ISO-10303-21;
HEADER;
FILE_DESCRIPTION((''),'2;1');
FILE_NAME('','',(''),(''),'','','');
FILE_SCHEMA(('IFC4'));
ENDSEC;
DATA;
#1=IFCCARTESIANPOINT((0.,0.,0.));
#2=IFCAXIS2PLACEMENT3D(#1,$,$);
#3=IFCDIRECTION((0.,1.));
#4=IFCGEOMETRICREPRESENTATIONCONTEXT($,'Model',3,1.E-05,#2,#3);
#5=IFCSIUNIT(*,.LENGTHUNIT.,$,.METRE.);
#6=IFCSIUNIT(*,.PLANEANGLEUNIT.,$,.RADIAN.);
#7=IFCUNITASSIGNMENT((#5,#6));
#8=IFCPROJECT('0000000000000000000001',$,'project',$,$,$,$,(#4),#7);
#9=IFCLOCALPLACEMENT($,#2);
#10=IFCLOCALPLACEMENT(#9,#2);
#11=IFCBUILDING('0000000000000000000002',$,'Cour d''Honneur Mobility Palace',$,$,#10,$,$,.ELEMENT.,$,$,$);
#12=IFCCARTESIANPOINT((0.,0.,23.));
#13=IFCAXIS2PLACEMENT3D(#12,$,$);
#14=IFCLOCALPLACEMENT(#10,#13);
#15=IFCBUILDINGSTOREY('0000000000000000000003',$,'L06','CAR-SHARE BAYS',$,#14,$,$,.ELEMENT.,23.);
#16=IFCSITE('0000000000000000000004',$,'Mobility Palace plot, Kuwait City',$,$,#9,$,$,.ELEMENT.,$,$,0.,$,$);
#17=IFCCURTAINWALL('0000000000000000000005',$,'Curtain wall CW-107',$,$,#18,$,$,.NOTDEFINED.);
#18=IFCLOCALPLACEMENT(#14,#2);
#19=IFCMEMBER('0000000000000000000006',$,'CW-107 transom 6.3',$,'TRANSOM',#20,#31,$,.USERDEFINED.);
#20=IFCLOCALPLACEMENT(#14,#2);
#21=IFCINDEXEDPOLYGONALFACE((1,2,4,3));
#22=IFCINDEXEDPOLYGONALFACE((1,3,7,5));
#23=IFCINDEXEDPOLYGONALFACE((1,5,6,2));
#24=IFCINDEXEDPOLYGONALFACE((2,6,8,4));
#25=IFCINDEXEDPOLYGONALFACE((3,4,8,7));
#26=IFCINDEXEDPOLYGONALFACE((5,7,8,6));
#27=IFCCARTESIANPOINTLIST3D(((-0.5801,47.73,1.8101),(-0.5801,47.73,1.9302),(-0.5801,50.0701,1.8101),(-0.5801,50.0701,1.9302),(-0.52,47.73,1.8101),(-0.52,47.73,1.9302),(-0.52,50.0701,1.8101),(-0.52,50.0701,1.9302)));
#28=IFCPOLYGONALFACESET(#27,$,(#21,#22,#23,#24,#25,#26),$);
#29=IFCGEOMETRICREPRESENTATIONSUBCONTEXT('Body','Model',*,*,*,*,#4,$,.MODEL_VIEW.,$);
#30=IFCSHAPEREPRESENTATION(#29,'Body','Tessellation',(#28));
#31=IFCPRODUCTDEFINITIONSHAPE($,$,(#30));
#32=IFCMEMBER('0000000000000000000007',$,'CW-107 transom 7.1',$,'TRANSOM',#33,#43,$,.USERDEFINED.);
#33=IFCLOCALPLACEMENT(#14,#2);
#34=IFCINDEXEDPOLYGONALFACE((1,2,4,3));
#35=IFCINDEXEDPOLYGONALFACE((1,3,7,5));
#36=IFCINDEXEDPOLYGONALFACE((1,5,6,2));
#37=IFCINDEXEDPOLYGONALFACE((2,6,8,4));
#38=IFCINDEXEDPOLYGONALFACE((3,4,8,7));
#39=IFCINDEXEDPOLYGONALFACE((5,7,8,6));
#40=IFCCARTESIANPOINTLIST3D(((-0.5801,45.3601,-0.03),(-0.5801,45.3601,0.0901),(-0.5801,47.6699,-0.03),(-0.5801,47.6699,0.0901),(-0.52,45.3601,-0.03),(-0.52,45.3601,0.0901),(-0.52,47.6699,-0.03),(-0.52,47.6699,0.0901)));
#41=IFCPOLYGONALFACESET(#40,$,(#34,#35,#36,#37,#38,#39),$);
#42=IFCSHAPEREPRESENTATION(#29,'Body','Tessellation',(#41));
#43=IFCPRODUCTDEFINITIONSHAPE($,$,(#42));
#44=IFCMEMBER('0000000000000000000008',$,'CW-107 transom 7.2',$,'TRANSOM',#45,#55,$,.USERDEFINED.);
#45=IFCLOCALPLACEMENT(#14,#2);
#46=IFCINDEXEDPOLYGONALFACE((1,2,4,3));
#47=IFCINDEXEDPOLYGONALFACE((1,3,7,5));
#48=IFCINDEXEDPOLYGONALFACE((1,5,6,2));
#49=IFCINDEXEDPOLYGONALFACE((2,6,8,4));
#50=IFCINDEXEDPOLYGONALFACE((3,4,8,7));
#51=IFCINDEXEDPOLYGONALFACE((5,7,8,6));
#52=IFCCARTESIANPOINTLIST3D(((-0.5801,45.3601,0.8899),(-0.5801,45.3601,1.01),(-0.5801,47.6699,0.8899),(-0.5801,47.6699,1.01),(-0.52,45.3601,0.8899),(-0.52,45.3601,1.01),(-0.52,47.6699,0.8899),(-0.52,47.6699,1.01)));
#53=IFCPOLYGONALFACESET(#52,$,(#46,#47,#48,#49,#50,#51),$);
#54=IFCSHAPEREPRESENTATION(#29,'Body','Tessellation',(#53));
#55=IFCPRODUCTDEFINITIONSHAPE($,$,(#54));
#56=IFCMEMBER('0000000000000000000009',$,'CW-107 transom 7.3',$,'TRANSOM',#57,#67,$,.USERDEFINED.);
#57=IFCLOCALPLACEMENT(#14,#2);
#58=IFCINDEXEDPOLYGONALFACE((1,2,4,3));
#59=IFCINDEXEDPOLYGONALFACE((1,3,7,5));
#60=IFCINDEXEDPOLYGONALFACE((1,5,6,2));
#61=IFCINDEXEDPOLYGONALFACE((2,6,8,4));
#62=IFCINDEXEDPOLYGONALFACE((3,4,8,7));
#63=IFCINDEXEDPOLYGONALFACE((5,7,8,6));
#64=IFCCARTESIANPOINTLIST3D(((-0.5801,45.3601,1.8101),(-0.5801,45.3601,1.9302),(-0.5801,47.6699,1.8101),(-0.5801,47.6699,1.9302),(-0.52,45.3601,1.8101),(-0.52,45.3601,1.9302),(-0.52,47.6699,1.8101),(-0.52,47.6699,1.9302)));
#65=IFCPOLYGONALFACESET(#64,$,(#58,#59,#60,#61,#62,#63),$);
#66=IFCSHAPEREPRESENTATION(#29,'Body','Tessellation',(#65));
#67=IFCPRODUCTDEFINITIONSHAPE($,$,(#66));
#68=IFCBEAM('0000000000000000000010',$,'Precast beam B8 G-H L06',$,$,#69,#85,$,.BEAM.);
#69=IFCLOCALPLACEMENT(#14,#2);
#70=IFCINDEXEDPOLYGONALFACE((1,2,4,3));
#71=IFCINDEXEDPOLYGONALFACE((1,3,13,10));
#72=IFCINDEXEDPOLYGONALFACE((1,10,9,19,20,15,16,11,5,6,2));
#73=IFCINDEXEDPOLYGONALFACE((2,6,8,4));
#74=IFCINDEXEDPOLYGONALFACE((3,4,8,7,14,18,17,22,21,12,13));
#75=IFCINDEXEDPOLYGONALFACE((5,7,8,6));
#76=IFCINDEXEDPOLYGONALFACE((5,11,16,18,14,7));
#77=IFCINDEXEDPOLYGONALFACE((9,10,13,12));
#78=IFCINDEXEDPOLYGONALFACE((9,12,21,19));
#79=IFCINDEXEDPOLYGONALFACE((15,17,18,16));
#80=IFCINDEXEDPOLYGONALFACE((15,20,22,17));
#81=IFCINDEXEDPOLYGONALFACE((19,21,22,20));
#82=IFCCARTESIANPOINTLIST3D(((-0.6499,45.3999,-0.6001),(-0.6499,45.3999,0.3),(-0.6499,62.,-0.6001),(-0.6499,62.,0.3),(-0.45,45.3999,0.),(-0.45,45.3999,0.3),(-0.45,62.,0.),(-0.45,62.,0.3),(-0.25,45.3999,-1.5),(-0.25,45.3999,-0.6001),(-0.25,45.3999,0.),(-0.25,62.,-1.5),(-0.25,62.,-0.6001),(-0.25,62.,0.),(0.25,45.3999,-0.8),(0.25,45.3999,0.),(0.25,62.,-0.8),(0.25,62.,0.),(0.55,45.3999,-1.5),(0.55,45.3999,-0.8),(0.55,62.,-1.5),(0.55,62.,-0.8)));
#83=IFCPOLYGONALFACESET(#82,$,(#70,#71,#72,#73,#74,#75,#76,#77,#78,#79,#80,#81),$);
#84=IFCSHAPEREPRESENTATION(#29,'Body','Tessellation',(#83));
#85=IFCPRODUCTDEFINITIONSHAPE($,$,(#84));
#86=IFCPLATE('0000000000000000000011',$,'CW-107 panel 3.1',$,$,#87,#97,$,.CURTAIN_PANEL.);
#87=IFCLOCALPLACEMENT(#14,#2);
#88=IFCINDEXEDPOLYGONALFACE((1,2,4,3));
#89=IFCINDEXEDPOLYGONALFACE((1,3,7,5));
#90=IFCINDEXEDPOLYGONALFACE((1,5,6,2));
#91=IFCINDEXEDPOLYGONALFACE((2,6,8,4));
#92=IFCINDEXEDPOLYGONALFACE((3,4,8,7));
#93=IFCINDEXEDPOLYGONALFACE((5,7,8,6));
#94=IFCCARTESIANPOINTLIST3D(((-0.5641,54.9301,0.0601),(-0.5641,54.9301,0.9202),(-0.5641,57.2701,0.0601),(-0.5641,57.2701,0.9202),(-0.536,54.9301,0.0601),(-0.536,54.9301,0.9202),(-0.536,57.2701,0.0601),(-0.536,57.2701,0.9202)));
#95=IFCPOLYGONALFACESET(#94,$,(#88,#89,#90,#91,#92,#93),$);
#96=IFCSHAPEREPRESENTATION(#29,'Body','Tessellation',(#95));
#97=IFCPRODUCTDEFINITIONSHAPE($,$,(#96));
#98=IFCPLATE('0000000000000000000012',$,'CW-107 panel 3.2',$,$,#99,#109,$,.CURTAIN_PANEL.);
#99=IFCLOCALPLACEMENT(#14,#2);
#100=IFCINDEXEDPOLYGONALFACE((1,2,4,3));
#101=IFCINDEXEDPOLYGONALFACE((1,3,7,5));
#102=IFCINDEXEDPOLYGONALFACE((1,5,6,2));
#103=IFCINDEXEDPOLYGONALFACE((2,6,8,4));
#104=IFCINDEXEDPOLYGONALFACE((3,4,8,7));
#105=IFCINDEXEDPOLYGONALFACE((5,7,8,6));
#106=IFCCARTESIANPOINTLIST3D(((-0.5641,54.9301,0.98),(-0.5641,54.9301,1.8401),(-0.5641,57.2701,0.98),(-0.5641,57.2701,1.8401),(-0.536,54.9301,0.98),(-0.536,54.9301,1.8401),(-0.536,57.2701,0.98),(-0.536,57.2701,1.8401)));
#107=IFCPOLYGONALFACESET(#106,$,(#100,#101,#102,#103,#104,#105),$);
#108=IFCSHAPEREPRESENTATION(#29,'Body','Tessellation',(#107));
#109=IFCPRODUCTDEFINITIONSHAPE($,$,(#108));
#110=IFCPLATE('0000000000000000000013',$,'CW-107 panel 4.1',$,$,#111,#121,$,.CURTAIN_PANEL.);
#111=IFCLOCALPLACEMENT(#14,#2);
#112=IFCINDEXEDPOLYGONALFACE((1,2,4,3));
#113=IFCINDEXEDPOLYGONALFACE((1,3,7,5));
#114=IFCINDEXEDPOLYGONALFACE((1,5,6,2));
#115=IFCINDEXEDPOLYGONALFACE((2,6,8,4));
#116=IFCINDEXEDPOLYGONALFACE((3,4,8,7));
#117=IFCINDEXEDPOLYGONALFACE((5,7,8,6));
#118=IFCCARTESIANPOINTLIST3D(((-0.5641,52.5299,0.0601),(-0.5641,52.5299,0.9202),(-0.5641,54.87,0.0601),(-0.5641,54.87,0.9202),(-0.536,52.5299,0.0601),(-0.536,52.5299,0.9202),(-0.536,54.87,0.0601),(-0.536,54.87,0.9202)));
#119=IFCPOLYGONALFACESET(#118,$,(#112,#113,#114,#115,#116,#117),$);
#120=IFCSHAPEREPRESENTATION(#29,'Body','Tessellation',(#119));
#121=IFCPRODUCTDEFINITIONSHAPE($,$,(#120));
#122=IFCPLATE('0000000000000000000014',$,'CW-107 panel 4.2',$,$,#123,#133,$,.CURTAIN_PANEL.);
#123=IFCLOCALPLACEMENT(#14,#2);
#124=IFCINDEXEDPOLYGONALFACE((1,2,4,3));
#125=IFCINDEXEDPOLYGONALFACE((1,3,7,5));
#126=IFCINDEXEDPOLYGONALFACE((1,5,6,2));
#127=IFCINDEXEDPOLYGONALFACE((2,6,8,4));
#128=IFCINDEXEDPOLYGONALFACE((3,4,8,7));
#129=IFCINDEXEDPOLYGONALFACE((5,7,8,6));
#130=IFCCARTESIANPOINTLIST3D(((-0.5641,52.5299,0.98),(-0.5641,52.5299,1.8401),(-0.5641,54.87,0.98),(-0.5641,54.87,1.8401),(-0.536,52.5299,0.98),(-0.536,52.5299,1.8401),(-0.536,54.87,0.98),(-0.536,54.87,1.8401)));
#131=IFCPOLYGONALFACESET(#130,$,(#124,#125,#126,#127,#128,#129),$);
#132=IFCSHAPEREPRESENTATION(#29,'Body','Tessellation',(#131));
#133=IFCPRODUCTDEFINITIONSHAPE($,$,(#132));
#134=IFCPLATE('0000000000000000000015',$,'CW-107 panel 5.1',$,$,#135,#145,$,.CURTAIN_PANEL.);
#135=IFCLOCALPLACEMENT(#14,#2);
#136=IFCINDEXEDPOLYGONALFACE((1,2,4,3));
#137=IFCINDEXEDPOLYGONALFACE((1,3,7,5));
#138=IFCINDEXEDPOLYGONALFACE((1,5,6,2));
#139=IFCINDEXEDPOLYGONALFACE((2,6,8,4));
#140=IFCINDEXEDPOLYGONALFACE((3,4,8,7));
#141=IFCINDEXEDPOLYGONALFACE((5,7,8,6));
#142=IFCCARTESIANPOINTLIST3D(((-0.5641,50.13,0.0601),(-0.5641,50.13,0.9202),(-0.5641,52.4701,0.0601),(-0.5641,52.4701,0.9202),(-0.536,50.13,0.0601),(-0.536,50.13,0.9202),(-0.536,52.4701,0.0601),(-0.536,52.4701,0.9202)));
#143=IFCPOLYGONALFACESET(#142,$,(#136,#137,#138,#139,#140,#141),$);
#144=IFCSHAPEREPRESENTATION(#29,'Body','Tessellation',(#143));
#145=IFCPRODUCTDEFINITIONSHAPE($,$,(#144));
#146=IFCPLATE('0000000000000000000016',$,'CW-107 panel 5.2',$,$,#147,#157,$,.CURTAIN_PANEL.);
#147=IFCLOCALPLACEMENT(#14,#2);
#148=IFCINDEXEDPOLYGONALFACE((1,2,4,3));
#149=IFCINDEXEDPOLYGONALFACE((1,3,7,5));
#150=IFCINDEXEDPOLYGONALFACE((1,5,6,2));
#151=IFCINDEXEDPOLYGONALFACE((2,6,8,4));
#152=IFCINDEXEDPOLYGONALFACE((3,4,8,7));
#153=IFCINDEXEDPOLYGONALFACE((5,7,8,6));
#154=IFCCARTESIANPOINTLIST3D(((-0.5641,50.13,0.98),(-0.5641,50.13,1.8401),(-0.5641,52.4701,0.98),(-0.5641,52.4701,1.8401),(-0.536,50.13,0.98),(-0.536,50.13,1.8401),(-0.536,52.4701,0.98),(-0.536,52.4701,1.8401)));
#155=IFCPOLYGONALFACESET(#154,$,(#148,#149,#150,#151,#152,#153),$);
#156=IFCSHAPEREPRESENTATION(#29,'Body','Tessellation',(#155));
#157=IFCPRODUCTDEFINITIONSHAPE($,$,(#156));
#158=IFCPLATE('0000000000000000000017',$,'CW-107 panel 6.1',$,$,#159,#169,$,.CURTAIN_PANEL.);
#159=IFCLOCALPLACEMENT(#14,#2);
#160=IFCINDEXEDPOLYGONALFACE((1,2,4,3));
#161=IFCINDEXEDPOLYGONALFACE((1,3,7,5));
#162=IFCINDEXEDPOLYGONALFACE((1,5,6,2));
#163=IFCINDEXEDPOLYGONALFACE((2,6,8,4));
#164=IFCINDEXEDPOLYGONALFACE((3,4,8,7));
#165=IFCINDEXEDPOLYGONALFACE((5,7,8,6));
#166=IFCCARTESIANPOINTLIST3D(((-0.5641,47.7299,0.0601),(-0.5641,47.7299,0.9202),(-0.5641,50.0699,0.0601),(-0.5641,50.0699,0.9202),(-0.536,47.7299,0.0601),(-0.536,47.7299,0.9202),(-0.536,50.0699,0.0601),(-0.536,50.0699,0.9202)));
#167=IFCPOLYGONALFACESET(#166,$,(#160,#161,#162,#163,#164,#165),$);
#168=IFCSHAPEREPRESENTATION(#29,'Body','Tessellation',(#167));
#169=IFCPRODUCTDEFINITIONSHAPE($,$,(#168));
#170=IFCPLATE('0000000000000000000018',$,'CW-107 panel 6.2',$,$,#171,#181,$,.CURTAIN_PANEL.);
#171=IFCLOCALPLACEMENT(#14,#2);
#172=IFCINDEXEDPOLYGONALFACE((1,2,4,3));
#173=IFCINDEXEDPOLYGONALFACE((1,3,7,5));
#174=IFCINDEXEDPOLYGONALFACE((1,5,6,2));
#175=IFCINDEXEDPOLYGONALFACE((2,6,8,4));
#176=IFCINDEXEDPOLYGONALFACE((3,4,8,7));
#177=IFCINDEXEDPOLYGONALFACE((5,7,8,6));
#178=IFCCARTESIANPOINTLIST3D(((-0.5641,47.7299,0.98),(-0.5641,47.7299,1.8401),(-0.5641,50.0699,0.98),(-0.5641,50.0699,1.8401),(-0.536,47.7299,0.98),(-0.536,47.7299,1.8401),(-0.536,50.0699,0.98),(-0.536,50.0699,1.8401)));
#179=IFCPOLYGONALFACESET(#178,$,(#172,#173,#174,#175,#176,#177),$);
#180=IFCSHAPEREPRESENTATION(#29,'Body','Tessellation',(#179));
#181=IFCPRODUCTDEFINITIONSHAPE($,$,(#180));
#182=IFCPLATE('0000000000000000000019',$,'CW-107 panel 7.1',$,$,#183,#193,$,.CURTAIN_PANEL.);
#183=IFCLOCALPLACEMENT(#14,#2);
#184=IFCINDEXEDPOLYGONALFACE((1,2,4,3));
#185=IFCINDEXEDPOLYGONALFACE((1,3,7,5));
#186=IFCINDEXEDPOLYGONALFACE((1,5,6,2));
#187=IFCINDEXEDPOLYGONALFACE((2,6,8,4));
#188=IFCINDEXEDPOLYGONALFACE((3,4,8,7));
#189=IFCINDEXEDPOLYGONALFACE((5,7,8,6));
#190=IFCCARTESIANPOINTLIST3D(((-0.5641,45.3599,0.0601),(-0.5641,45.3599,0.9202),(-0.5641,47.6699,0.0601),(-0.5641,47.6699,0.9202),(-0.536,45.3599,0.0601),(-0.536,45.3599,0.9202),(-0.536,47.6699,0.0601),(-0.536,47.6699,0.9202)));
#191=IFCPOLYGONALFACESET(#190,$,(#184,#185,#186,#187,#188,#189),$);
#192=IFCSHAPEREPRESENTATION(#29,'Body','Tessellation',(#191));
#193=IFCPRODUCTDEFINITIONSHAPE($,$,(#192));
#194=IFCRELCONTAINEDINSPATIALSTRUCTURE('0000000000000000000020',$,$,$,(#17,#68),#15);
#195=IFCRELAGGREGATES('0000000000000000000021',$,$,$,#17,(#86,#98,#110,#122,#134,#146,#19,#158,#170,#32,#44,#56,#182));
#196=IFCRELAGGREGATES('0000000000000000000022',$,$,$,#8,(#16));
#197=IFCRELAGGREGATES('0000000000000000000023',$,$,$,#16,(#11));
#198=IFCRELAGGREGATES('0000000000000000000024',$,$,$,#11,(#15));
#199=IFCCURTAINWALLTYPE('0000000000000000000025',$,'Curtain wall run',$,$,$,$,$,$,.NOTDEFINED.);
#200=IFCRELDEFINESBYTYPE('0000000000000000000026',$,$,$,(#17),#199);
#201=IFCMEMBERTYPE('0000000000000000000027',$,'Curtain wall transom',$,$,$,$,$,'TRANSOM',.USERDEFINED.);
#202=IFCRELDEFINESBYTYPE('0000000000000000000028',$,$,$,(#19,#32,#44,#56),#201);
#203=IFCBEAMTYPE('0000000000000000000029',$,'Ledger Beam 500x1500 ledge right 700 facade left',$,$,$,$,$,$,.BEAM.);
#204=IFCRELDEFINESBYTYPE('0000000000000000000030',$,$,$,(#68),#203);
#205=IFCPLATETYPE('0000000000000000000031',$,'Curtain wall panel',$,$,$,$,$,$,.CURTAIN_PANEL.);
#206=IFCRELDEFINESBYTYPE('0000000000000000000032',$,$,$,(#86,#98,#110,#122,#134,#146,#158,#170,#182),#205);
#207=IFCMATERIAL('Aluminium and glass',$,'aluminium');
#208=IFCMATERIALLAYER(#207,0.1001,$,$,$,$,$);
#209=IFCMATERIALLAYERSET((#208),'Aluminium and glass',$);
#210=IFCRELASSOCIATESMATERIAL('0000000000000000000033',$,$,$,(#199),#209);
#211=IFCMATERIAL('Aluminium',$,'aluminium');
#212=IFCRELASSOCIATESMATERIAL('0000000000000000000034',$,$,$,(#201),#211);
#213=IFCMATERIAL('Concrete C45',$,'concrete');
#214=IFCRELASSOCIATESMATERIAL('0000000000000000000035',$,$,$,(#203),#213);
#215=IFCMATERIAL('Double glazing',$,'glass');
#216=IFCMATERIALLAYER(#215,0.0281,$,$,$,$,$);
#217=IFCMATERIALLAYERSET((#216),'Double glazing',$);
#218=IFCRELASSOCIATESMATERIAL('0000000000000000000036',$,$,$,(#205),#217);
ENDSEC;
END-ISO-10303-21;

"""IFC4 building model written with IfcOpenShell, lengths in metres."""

from ifc_helpers import new_model, si_unit, direction, frame, origin, origin_2d, place, context, subcontext, project, spatial, polyline, rectangle, outline, extrude, material, layer, layer_set, material_profile, profile_set, type_object, element, aggregate, save


model = new_model("IFC4")

# Units and contexts
model_context = context("Model", 3, precision=1e-05, world=origin(), true_north=direction((0.0, 1.0)))
body_context = subcontext(model_context, "Body", "Model", "MODEL_VIEW")
ifc_project = project(units=[si_unit("LENGTHUNIT", "METRE"), si_unit("PLANEANGLEUNIT", "RADIAN")], contexts=[model_context])

# Site, building, storey
site_placement = place(None, origin())
site = spatial("IfcSite", under=ifc_project, at=site_placement, Name="Mobility Palace plot, Kuwait City", CompositionType="ELEMENT", RefElevation=0.0)
building_placement = place(site_placement, origin())
building = spatial("IfcBuilding", under=site, at=building_placement, Name="Cour d'Honneur Mobility Palace", CompositionType="ELEMENT")
storey_placement = place(building_placement, frame((0.0, 0.0, 23.0)))
storey = spatial("IfcBuildingStorey", under=building, at=storey_placement, Name="L06", Description="CAR-SHARE BAYS", CompositionType="ELEMENT", Elevation=23.0)

# Curtain wall, members
ifc_material_1 = material(Name="Aluminium and glass", Category="aluminium")
ifc_layer_1 = layer(ifc_material_1, 0.1001)
ifc_layer_set_1 = layer_set([ifc_layer_1], Name="Aluminium and glass")
curtain_wall_type = type_object("IfcCurtainWallType", Name="Curtain wall run", PredefinedType="NOTDEFINED", material=ifc_layer_set_1)
curtain_wall_placement = place(storey_placement, origin())
curtain_wall = element("IfcCurtainWall", 1, at=curtain_wall_placement, inside=storey, type_object=curtain_wall_type, Name="Curtain wall CW-107", PredefinedType="NOTDEFINED")
ifc_material_2 = material(Name="Aluminium", Category="aluminium")
ifc_material_profile_1 = material_profile(ifc_material_2, rectangle(XDim=0.0601, YDim=0.1201, at=origin_2d()), Name="Curtain wall transom")
ifc_profile_set_1 = profile_set([ifc_material_profile_1], Name="Aluminium")
member_type_1 = type_object("IfcMemberType", Name="Curtain wall transom", ElementType="TRANSOM", PredefinedType="USERDEFINED", material=ifc_profile_set_1)
member_1_placement = place(storey_placement, frame((-0.55, 50.0701, 1.8701), z_axis=(0.0, -1.0, 0.0), x_axis=(1.0, 0.0, 0.0)))
member_1 = element("IfcMember", 2, at=member_1_placement, type_object=member_type_1, Name="CW-107 transom 6.3", ObjectType="TRANSOM", PredefinedType="USERDEFINED", context=body_context, shape_type="SweptSolid", body=[
    extrude(rectangle(XDim=0.0601, YDim=0.1201, at=origin_2d()), origin(), (0.0, 0.0, 1.0), 2.3401),
])
member_2_placement = place(storey_placement, frame((-0.55, 47.6699, 0.03), z_axis=(0.0, -1.0, 0.0), x_axis=(1.0, 0.0, 0.0)))
member_2 = element("IfcMember", 3, at=member_2_placement, type_object=member_type_1, Name="CW-107 transom 7.1", ObjectType="TRANSOM", PredefinedType="USERDEFINED", context=body_context, shape_type="SweptSolid", body=[
    extrude(rectangle(XDim=0.0601, YDim=0.1201, at=origin_2d()), origin(), (0.0, 0.0, 1.0), 2.3098),
])
member_3_placement = place(storey_placement, frame((-0.55, 47.6699, 0.95), z_axis=(0.0, -1.0, 0.0), x_axis=(1.0, 0.0, 0.0)))
member_3 = element("IfcMember", 4, at=member_3_placement, type_object=member_type_1, Name="CW-107 transom 7.2", ObjectType="TRANSOM", PredefinedType="USERDEFINED", context=body_context, shape_type="SweptSolid", body=[
    extrude(rectangle(XDim=0.0601, YDim=0.1201, at=origin_2d()), origin(), (0.0, 0.0, 1.0), 2.3098),
])
member_4_placement = place(storey_placement, frame((-0.55, 47.6699, 1.8701), z_axis=(0.0, -1.0, 0.0), x_axis=(1.0, 0.0, 0.0)))
member_4 = element("IfcMember", 5, at=member_4_placement, type_object=member_type_1, Name="CW-107 transom 7.3", ObjectType="TRANSOM", PredefinedType="USERDEFINED", context=body_context, shape_type="SweptSolid", body=[
    extrude(rectangle(XDim=0.0601, YDim=0.1201, at=origin_2d()), origin(), (0.0, 0.0, 1.0), 2.3098),
])

# Beam
ifc_material_3 = material(Name="Concrete C45", Category="concrete")
ifc_material_profile_2 = material_profile(ifc_material_3, outline(polyline([(0.25, -1.5), (0.25, -0.6001), (0.6499, -0.6001), (0.6499, 0.3), (0.45, 0.3), (0.45, 0.0), (0.25, 0.0), (-0.25, 0.0), (-0.25, -0.8), (-0.55, -0.8), (-0.55, -1.5), (0.25, -1.5)])), Name="Ledger Beam 500x1500 ledge right 700 facade left")
ifc_profile_set_2 = profile_set([ifc_material_profile_2], Name="Concrete C45")
beam_type = type_object("IfcBeamType", Name="Ledger Beam 500x1500 ledge right 700 facade left", PredefinedType="BEAM", material=ifc_profile_set_2)
beam_placement = place(storey_placement, frame((0.0, 45.3999, 0.0), z_axis=(0.0, 1.0, 0.0), x_axis=(-1.0, 0.0, 0.0)))
element("IfcBeam", 6, at=beam_placement, inside=storey, type_object=beam_type, Name="Precast beam B8 G-H L06", PredefinedType="BEAM", context=body_context, shape_type="SweptSolid", body=[
    extrude(outline(polyline([(0.25, -1.5), (0.25, -0.6001), (0.6499, -0.6001), (0.6499, 0.3), (0.45, 0.3), (0.45, 0.0), (0.25, 0.0), (-0.25, 0.0), (-0.25, -0.8), (-0.55, -0.8), (-0.55, -1.5), (0.25, -1.5)])), origin(), (0.0, 0.0, 1.0), 16.6001),
])

# Plates
ifc_material_4 = material(Name="Double glazing", Category="glass")
ifc_layer_2 = layer(ifc_material_4, 0.0281)
ifc_layer_set_2 = layer_set([ifc_layer_2], Name="Double glazing")
plate_type = type_object("IfcPlateType", Name="Curtain wall panel", PredefinedType="CURTAIN_PANEL", material=ifc_layer_set_2)
plate_1_placement = place(storey_placement, frame((-0.55, 56.1001, 0.0601), z_axis=(0.0, 0.0, 1.0), x_axis=(0.0, -1.0, 0.0)))
plate_1 = element("IfcPlate", 7, at=plate_1_placement, type_object=plate_type, Name="CW-107 panel 3.1", PredefinedType="CURTAIN_PANEL", context=body_context, shape_type="SweptSolid", body=[
    extrude(rectangle(XDim=2.3401, YDim=0.0281, at=origin_2d()), origin(), (0.0, 0.0, 1.0), 0.8601),
])
plate_2_placement = place(storey_placement, frame((-0.55, 56.1001, 0.98), z_axis=(0.0, 0.0, 1.0), x_axis=(0.0, -1.0, 0.0)))
plate_2 = element("IfcPlate", 8, at=plate_2_placement, type_object=plate_type, Name="CW-107 panel 3.2", PredefinedType="CURTAIN_PANEL", context=body_context, shape_type="SweptSolid", body=[
    extrude(rectangle(XDim=2.3401, YDim=0.0281, at=origin_2d()), origin(), (0.0, 0.0, 1.0), 0.8601),
])
plate_3_placement = place(storey_placement, frame((-0.55, 53.7, 0.0601), z_axis=(0.0, 0.0, 1.0), x_axis=(0.0, -1.0, 0.0)))
plate_3 = element("IfcPlate", 9, at=plate_3_placement, type_object=plate_type, Name="CW-107 panel 4.1", PredefinedType="CURTAIN_PANEL", context=body_context, shape_type="SweptSolid", body=[
    extrude(rectangle(XDim=2.3401, YDim=0.0281, at=origin_2d()), origin(), (0.0, 0.0, 1.0), 0.8601),
])
plate_4_placement = place(storey_placement, frame((-0.55, 53.7, 0.98), z_axis=(0.0, 0.0, 1.0), x_axis=(0.0, -1.0, 0.0)))
plate_4 = element("IfcPlate", 10, at=plate_4_placement, type_object=plate_type, Name="CW-107 panel 4.2", PredefinedType="CURTAIN_PANEL", context=body_context, shape_type="SweptSolid", body=[
    extrude(rectangle(XDim=2.3401, YDim=0.0281, at=origin_2d()), origin(), (0.0, 0.0, 1.0), 0.8601),
])
plate_5_placement = place(storey_placement, frame((-0.55, 51.3, 0.0601), z_axis=(0.0, 0.0, 1.0), x_axis=(0.0, -1.0, 0.0)))
plate_5 = element("IfcPlate", 11, at=plate_5_placement, type_object=plate_type, Name="CW-107 panel 5.1", PredefinedType="CURTAIN_PANEL", context=body_context, shape_type="SweptSolid", body=[
    extrude(rectangle(XDim=2.3401, YDim=0.0281, at=origin_2d()), origin(), (0.0, 0.0, 1.0), 0.8601),
])
plate_6_placement = place(storey_placement, frame((-0.55, 51.3, 0.98), z_axis=(0.0, 0.0, 1.0), x_axis=(0.0, -1.0, 0.0)))
plate_6 = element("IfcPlate", 12, at=plate_6_placement, type_object=plate_type, Name="CW-107 panel 5.2", PredefinedType="CURTAIN_PANEL", context=body_context, shape_type="SweptSolid", body=[
    extrude(rectangle(XDim=2.3401, YDim=0.0281, at=origin_2d()), origin(), (0.0, 0.0, 1.0), 0.8601),
])
plate_7_placement = place(storey_placement, frame((-0.55, 48.8999, 0.0601), z_axis=(0.0, 0.0, 1.0), x_axis=(0.0, -1.0, 0.0)))
plate_7 = element("IfcPlate", 13, at=plate_7_placement, type_object=plate_type, Name="CW-107 panel 6.1", PredefinedType="CURTAIN_PANEL", context=body_context, shape_type="SweptSolid", body=[
    extrude(rectangle(XDim=2.3401, YDim=0.0281, at=origin_2d()), origin(), (0.0, 0.0, 1.0), 0.8601),
])
plate_8_placement = place(storey_placement, frame((-0.55, 48.8999, 0.98), z_axis=(0.0, 0.0, 1.0), x_axis=(0.0, -1.0, 0.0)))
plate_8 = element("IfcPlate", 14, at=plate_8_placement, type_object=plate_type, Name="CW-107 panel 6.2", PredefinedType="CURTAIN_PANEL", context=body_context, shape_type="SweptSolid", body=[
    extrude(rectangle(XDim=2.3401, YDim=0.0281, at=origin_2d()), origin(), (0.0, 0.0, 1.0), 0.8601),
])
plate_9_placement = place(storey_placement, frame((-0.55, 46.5149, 0.0601), z_axis=(0.0, 0.0, 1.0), x_axis=(0.0, -1.0, 0.0)))
plate_9 = element("IfcPlate", 15, at=plate_9_placement, type_object=plate_type, Name="CW-107 panel 7.1", PredefinedType="CURTAIN_PANEL", context=body_context, shape_type="SweptSolid", body=[
    extrude(rectangle(XDim=2.3101, YDim=0.0281, at=origin_2d()), origin(), (0.0, 0.0, 1.0), 0.8601),
])
aggregate(curtain_wall, [plate_1, plate_2, plate_3, plate_4, plate_5, plate_6, member_1, plate_7, plate_8, member_2, member_3, member_4, plate_9])

save(model, "model.ifc")
